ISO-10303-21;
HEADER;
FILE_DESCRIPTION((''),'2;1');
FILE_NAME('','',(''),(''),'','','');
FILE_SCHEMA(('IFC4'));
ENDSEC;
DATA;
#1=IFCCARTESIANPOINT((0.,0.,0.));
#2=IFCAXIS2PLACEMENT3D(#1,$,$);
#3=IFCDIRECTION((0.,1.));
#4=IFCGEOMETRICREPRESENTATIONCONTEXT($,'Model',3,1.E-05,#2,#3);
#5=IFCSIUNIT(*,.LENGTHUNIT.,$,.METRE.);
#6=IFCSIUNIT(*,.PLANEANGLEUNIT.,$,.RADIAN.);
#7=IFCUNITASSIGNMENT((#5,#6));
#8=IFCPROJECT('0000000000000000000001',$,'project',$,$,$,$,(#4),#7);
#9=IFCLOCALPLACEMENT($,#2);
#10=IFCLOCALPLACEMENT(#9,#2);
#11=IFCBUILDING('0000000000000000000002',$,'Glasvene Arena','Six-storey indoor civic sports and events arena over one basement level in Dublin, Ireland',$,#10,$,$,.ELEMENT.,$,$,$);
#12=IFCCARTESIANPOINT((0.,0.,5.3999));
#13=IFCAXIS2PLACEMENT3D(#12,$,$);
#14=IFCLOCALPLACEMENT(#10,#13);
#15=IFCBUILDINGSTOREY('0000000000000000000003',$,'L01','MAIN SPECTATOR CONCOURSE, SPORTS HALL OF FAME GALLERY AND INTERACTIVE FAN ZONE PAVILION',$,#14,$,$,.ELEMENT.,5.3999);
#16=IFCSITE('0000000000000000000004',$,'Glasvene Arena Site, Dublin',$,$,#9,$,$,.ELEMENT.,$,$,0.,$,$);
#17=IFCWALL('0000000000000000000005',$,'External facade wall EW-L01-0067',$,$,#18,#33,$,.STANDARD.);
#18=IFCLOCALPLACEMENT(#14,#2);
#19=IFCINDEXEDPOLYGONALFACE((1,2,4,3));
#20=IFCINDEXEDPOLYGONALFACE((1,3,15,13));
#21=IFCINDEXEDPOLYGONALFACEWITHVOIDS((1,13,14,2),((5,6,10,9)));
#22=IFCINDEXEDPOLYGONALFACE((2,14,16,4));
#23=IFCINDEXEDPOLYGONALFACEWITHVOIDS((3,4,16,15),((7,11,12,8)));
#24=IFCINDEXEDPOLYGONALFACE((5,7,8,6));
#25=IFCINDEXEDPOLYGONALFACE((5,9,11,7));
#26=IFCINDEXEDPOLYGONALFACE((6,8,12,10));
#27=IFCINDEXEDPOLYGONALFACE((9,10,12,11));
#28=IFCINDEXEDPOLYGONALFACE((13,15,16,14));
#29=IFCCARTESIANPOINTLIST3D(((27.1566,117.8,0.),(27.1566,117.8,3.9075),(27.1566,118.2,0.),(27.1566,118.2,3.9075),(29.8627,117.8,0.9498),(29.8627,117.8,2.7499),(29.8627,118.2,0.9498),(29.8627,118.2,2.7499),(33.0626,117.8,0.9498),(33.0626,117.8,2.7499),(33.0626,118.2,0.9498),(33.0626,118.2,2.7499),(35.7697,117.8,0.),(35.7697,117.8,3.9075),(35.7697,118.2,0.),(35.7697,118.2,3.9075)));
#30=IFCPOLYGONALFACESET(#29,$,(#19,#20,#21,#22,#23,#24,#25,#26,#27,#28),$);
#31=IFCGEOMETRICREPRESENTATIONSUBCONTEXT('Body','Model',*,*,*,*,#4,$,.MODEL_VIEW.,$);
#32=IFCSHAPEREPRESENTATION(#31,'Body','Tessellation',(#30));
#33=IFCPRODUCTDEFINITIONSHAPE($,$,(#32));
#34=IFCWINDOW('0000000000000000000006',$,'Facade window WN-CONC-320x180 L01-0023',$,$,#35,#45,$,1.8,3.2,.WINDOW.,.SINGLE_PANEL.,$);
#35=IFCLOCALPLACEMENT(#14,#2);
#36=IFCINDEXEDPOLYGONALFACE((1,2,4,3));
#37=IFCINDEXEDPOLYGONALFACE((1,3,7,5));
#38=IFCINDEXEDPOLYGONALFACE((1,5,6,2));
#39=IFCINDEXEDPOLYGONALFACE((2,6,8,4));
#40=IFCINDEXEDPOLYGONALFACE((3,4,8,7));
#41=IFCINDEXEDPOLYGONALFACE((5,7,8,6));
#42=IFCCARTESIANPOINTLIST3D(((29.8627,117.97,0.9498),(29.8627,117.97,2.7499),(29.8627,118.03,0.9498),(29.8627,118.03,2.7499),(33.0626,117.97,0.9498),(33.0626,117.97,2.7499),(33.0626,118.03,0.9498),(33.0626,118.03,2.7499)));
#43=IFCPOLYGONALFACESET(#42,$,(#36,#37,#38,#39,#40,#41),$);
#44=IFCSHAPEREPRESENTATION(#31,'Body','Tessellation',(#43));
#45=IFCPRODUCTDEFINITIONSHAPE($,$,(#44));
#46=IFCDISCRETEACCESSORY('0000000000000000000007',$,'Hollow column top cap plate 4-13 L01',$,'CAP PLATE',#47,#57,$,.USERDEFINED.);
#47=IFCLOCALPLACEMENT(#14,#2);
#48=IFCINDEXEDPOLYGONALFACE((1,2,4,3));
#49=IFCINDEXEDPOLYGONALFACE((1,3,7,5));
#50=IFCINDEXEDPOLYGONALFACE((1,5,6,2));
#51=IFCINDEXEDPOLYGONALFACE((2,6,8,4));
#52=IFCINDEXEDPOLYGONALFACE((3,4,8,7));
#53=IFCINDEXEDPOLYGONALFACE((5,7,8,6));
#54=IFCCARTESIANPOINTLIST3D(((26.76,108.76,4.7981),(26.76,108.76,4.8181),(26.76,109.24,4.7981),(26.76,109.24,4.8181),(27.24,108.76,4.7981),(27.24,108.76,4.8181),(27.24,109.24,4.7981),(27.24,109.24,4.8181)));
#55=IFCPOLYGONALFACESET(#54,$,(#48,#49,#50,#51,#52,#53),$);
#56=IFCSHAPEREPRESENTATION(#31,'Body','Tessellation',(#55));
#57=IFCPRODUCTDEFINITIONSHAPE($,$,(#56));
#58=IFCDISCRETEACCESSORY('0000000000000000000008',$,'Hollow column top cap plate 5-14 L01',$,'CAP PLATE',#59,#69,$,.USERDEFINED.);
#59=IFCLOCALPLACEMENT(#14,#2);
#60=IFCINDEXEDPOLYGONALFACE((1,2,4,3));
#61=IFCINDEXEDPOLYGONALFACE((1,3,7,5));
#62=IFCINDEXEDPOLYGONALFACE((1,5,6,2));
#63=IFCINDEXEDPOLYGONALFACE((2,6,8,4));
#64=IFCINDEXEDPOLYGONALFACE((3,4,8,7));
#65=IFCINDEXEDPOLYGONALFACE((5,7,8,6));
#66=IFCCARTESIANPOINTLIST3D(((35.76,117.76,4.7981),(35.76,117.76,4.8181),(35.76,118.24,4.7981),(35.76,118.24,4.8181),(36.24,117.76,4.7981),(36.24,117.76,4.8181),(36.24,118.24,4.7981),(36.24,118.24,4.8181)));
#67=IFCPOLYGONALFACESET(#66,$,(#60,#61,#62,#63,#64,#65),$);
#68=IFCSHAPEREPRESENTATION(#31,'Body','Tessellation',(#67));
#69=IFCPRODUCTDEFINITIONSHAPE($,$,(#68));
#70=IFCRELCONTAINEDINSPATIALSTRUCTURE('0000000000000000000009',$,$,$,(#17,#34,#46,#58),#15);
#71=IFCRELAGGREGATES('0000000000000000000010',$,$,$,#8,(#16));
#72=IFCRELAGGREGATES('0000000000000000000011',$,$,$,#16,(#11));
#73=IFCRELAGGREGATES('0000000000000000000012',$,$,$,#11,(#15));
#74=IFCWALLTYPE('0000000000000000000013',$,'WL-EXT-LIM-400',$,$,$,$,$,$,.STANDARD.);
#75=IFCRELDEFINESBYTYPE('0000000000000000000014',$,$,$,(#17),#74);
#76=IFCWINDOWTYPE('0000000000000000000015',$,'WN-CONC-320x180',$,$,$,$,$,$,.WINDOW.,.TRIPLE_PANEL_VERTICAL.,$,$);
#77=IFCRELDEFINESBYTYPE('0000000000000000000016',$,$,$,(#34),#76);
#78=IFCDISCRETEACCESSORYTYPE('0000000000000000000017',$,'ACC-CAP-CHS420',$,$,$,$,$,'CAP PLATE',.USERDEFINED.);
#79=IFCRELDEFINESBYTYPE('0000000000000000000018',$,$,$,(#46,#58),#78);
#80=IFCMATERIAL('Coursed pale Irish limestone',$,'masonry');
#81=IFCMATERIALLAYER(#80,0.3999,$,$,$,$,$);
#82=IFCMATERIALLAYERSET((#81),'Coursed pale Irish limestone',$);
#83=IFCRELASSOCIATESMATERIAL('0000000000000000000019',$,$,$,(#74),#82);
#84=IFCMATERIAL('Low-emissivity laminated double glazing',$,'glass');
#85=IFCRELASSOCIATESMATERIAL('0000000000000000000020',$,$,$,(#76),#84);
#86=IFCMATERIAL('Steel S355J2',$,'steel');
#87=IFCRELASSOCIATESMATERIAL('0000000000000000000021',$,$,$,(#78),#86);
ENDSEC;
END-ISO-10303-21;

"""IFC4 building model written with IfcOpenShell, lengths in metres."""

from ifc_helpers import new_model, si_unit, direction, frame, frame_2d, origin, origin_2d, place, context, subcontext, project, spatial, rectangle, extrude, material, layer, layer_set, type_object, element, fill, save


model = new_model("IFC4")

# Units and contexts
model_context = context("Model", 3, precision=1e-05, world=origin(), true_north=direction((0.0, 1.0)))
body_context = subcontext(model_context, "Body", "Model", "MODEL_VIEW")
ifc_project = project(units=[si_unit("LENGTHUNIT", "METRE"), si_unit("PLANEANGLEUNIT", "RADIAN")], contexts=[model_context])

# Site, building, storey
site_placement = place(None, origin())
site = spatial("IfcSite", under=ifc_project, at=site_placement, Name="Glasvene Arena Site, Dublin", CompositionType="ELEMENT", RefElevation=0.0)
building_placement = place(site_placement, origin())
building = spatial("IfcBuilding", under=site, at=building_placement, Name="Glasvene Arena", Description="Six-storey indoor civic sports and events arena over one basement level in Dublin, Ireland", CompositionType="ELEMENT")
storey_placement = place(building_placement, frame((0.0, 0.0, 5.3999)))
storey = spatial("IfcBuildingStorey", under=building, at=storey_placement, Name="L01", Description="MAIN SPECTATOR CONCOURSE, SPORTS HALL OF FAME GALLERY AND INTERACTIVE FAN ZONE PAVILION", CompositionType="ELEMENT", Elevation=5.3999)

# Shared definitions
ifc_material_1 = material(Name="Steel S355J2", Category="steel")

# Shared definitions
ifc_material_2 = material(Name="Low-emissivity laminated double glazing", Category="glass")

# Wall, opening, window
ifc_material_3 = material(Name="Coursed pale Irish limestone", Category="masonry")
ifc_layer_1 = layer(ifc_material_3, 0.3999)
ifc_layer_set_1 = layer_set([ifc_layer_1], Name="Coursed pale Irish limestone")
wall_type = type_object("IfcWallType", Name="WL-EXT-LIM-400", PredefinedType="STANDARD", material=ifc_layer_set_1)
wall_placement = place(storey_placement, frame((27.1565, 118.0, 0.0), z_axis=(0.0, 0.0, 1.0), x_axis=(1.0, 0.0, 0.0)))
wall = element("IfcWall", 1, at=wall_placement, inside=storey, type_object=wall_type, Name="External facade wall EW-L01-0067", PredefinedType="STANDARD", context=body_context, shape_type="SweptSolid", body=[
    extrude(rectangle(XDim=8.613, YDim=0.3999, at=frame_2d((4.3066, 0.0))), origin(), (0.0, 0.0, 1.0), 3.9075),
])
opening_placement = place(wall_placement, frame((2.7061, 0.0, 0.95)))
opening = element("IfcOpeningElement", 2, at=opening_placement, cuts=wall, PredefinedType="OPENING", context=body_context, shape_type="SweptSolid", body=[
    extrude(rectangle(XDim=3.2, YDim=1.8, at=frame_2d((1.6001, 0.8999))), frame((0.0, 0.21, 0.0), z_axis=(0.0, -1.0, 0.0), x_axis=(1.0, 0.0, 0.0)), (0.0, 0.0, 1.0), 0.4199),
])
window_type = type_object("IfcWindowType", Name="WN-CONC-320x180", PartitioningType="TRIPLE_PANEL_VERTICAL", PredefinedType="WINDOW", material=ifc_material_2)
window_placement = place(opening_placement, origin())
window = element("IfcWindow", 3, at=window_placement, inside=storey, type_object=window_type, Name="Facade window WN-CONC-320x180 L01-0023", OverallHeight=1.8, OverallWidth=3.2, PartitioningType="SINGLE_PANEL", PredefinedType="WINDOW", context=body_context, shape_type="SweptSolid", body=[
    extrude(rectangle(XDim=3.2, YDim=1.8, at=frame_2d((1.6001, 0.8999))), frame((0.0, 0.03, 0.0), z_axis=(0.0, -1.0, 0.0), x_axis=(1.0, 0.0, 0.0)), (0.0, 0.0, 1.0), 0.0601),
])
fill(opening, window)

# Discrete accessories
discrete_accessory_type = type_object("IfcDiscreteAccessoryType", Name="ACC-CAP-CHS420", ElementType="CAP PLATE", PredefinedType="USERDEFINED", material=ifc_material_1)
for number, where, z_axis, x_axis, name in (
    (4, (27.0, 109.0, 4.7981), (0.0, 0.0, 1.0), (1.0, 0.0, 0.0), "Hollow column top cap plate 4-13 L01"),
    (5, (36.0, 118.0, 4.7981), (0.0, 0.0, 1.0), (1.0, 0.0, 0.0), "Hollow column top cap plate 5-14 L01"),
):
    element("IfcDiscreteAccessory", number, at=place(storey_placement, frame(where, z_axis=z_axis, x_axis=x_axis)), inside=storey, type_object=discrete_accessory_type, Name=name, ObjectType="CAP PLATE", PredefinedType="USERDEFINED", context=body_context, shape_type="SweptSolid", body=[
        extrude(rectangle(XDim=0.48, YDim=0.48, at=origin_2d()), origin(), (0.0, 0.0, 1.0), 0.02),
    ])

save(model, "model.ifc")
